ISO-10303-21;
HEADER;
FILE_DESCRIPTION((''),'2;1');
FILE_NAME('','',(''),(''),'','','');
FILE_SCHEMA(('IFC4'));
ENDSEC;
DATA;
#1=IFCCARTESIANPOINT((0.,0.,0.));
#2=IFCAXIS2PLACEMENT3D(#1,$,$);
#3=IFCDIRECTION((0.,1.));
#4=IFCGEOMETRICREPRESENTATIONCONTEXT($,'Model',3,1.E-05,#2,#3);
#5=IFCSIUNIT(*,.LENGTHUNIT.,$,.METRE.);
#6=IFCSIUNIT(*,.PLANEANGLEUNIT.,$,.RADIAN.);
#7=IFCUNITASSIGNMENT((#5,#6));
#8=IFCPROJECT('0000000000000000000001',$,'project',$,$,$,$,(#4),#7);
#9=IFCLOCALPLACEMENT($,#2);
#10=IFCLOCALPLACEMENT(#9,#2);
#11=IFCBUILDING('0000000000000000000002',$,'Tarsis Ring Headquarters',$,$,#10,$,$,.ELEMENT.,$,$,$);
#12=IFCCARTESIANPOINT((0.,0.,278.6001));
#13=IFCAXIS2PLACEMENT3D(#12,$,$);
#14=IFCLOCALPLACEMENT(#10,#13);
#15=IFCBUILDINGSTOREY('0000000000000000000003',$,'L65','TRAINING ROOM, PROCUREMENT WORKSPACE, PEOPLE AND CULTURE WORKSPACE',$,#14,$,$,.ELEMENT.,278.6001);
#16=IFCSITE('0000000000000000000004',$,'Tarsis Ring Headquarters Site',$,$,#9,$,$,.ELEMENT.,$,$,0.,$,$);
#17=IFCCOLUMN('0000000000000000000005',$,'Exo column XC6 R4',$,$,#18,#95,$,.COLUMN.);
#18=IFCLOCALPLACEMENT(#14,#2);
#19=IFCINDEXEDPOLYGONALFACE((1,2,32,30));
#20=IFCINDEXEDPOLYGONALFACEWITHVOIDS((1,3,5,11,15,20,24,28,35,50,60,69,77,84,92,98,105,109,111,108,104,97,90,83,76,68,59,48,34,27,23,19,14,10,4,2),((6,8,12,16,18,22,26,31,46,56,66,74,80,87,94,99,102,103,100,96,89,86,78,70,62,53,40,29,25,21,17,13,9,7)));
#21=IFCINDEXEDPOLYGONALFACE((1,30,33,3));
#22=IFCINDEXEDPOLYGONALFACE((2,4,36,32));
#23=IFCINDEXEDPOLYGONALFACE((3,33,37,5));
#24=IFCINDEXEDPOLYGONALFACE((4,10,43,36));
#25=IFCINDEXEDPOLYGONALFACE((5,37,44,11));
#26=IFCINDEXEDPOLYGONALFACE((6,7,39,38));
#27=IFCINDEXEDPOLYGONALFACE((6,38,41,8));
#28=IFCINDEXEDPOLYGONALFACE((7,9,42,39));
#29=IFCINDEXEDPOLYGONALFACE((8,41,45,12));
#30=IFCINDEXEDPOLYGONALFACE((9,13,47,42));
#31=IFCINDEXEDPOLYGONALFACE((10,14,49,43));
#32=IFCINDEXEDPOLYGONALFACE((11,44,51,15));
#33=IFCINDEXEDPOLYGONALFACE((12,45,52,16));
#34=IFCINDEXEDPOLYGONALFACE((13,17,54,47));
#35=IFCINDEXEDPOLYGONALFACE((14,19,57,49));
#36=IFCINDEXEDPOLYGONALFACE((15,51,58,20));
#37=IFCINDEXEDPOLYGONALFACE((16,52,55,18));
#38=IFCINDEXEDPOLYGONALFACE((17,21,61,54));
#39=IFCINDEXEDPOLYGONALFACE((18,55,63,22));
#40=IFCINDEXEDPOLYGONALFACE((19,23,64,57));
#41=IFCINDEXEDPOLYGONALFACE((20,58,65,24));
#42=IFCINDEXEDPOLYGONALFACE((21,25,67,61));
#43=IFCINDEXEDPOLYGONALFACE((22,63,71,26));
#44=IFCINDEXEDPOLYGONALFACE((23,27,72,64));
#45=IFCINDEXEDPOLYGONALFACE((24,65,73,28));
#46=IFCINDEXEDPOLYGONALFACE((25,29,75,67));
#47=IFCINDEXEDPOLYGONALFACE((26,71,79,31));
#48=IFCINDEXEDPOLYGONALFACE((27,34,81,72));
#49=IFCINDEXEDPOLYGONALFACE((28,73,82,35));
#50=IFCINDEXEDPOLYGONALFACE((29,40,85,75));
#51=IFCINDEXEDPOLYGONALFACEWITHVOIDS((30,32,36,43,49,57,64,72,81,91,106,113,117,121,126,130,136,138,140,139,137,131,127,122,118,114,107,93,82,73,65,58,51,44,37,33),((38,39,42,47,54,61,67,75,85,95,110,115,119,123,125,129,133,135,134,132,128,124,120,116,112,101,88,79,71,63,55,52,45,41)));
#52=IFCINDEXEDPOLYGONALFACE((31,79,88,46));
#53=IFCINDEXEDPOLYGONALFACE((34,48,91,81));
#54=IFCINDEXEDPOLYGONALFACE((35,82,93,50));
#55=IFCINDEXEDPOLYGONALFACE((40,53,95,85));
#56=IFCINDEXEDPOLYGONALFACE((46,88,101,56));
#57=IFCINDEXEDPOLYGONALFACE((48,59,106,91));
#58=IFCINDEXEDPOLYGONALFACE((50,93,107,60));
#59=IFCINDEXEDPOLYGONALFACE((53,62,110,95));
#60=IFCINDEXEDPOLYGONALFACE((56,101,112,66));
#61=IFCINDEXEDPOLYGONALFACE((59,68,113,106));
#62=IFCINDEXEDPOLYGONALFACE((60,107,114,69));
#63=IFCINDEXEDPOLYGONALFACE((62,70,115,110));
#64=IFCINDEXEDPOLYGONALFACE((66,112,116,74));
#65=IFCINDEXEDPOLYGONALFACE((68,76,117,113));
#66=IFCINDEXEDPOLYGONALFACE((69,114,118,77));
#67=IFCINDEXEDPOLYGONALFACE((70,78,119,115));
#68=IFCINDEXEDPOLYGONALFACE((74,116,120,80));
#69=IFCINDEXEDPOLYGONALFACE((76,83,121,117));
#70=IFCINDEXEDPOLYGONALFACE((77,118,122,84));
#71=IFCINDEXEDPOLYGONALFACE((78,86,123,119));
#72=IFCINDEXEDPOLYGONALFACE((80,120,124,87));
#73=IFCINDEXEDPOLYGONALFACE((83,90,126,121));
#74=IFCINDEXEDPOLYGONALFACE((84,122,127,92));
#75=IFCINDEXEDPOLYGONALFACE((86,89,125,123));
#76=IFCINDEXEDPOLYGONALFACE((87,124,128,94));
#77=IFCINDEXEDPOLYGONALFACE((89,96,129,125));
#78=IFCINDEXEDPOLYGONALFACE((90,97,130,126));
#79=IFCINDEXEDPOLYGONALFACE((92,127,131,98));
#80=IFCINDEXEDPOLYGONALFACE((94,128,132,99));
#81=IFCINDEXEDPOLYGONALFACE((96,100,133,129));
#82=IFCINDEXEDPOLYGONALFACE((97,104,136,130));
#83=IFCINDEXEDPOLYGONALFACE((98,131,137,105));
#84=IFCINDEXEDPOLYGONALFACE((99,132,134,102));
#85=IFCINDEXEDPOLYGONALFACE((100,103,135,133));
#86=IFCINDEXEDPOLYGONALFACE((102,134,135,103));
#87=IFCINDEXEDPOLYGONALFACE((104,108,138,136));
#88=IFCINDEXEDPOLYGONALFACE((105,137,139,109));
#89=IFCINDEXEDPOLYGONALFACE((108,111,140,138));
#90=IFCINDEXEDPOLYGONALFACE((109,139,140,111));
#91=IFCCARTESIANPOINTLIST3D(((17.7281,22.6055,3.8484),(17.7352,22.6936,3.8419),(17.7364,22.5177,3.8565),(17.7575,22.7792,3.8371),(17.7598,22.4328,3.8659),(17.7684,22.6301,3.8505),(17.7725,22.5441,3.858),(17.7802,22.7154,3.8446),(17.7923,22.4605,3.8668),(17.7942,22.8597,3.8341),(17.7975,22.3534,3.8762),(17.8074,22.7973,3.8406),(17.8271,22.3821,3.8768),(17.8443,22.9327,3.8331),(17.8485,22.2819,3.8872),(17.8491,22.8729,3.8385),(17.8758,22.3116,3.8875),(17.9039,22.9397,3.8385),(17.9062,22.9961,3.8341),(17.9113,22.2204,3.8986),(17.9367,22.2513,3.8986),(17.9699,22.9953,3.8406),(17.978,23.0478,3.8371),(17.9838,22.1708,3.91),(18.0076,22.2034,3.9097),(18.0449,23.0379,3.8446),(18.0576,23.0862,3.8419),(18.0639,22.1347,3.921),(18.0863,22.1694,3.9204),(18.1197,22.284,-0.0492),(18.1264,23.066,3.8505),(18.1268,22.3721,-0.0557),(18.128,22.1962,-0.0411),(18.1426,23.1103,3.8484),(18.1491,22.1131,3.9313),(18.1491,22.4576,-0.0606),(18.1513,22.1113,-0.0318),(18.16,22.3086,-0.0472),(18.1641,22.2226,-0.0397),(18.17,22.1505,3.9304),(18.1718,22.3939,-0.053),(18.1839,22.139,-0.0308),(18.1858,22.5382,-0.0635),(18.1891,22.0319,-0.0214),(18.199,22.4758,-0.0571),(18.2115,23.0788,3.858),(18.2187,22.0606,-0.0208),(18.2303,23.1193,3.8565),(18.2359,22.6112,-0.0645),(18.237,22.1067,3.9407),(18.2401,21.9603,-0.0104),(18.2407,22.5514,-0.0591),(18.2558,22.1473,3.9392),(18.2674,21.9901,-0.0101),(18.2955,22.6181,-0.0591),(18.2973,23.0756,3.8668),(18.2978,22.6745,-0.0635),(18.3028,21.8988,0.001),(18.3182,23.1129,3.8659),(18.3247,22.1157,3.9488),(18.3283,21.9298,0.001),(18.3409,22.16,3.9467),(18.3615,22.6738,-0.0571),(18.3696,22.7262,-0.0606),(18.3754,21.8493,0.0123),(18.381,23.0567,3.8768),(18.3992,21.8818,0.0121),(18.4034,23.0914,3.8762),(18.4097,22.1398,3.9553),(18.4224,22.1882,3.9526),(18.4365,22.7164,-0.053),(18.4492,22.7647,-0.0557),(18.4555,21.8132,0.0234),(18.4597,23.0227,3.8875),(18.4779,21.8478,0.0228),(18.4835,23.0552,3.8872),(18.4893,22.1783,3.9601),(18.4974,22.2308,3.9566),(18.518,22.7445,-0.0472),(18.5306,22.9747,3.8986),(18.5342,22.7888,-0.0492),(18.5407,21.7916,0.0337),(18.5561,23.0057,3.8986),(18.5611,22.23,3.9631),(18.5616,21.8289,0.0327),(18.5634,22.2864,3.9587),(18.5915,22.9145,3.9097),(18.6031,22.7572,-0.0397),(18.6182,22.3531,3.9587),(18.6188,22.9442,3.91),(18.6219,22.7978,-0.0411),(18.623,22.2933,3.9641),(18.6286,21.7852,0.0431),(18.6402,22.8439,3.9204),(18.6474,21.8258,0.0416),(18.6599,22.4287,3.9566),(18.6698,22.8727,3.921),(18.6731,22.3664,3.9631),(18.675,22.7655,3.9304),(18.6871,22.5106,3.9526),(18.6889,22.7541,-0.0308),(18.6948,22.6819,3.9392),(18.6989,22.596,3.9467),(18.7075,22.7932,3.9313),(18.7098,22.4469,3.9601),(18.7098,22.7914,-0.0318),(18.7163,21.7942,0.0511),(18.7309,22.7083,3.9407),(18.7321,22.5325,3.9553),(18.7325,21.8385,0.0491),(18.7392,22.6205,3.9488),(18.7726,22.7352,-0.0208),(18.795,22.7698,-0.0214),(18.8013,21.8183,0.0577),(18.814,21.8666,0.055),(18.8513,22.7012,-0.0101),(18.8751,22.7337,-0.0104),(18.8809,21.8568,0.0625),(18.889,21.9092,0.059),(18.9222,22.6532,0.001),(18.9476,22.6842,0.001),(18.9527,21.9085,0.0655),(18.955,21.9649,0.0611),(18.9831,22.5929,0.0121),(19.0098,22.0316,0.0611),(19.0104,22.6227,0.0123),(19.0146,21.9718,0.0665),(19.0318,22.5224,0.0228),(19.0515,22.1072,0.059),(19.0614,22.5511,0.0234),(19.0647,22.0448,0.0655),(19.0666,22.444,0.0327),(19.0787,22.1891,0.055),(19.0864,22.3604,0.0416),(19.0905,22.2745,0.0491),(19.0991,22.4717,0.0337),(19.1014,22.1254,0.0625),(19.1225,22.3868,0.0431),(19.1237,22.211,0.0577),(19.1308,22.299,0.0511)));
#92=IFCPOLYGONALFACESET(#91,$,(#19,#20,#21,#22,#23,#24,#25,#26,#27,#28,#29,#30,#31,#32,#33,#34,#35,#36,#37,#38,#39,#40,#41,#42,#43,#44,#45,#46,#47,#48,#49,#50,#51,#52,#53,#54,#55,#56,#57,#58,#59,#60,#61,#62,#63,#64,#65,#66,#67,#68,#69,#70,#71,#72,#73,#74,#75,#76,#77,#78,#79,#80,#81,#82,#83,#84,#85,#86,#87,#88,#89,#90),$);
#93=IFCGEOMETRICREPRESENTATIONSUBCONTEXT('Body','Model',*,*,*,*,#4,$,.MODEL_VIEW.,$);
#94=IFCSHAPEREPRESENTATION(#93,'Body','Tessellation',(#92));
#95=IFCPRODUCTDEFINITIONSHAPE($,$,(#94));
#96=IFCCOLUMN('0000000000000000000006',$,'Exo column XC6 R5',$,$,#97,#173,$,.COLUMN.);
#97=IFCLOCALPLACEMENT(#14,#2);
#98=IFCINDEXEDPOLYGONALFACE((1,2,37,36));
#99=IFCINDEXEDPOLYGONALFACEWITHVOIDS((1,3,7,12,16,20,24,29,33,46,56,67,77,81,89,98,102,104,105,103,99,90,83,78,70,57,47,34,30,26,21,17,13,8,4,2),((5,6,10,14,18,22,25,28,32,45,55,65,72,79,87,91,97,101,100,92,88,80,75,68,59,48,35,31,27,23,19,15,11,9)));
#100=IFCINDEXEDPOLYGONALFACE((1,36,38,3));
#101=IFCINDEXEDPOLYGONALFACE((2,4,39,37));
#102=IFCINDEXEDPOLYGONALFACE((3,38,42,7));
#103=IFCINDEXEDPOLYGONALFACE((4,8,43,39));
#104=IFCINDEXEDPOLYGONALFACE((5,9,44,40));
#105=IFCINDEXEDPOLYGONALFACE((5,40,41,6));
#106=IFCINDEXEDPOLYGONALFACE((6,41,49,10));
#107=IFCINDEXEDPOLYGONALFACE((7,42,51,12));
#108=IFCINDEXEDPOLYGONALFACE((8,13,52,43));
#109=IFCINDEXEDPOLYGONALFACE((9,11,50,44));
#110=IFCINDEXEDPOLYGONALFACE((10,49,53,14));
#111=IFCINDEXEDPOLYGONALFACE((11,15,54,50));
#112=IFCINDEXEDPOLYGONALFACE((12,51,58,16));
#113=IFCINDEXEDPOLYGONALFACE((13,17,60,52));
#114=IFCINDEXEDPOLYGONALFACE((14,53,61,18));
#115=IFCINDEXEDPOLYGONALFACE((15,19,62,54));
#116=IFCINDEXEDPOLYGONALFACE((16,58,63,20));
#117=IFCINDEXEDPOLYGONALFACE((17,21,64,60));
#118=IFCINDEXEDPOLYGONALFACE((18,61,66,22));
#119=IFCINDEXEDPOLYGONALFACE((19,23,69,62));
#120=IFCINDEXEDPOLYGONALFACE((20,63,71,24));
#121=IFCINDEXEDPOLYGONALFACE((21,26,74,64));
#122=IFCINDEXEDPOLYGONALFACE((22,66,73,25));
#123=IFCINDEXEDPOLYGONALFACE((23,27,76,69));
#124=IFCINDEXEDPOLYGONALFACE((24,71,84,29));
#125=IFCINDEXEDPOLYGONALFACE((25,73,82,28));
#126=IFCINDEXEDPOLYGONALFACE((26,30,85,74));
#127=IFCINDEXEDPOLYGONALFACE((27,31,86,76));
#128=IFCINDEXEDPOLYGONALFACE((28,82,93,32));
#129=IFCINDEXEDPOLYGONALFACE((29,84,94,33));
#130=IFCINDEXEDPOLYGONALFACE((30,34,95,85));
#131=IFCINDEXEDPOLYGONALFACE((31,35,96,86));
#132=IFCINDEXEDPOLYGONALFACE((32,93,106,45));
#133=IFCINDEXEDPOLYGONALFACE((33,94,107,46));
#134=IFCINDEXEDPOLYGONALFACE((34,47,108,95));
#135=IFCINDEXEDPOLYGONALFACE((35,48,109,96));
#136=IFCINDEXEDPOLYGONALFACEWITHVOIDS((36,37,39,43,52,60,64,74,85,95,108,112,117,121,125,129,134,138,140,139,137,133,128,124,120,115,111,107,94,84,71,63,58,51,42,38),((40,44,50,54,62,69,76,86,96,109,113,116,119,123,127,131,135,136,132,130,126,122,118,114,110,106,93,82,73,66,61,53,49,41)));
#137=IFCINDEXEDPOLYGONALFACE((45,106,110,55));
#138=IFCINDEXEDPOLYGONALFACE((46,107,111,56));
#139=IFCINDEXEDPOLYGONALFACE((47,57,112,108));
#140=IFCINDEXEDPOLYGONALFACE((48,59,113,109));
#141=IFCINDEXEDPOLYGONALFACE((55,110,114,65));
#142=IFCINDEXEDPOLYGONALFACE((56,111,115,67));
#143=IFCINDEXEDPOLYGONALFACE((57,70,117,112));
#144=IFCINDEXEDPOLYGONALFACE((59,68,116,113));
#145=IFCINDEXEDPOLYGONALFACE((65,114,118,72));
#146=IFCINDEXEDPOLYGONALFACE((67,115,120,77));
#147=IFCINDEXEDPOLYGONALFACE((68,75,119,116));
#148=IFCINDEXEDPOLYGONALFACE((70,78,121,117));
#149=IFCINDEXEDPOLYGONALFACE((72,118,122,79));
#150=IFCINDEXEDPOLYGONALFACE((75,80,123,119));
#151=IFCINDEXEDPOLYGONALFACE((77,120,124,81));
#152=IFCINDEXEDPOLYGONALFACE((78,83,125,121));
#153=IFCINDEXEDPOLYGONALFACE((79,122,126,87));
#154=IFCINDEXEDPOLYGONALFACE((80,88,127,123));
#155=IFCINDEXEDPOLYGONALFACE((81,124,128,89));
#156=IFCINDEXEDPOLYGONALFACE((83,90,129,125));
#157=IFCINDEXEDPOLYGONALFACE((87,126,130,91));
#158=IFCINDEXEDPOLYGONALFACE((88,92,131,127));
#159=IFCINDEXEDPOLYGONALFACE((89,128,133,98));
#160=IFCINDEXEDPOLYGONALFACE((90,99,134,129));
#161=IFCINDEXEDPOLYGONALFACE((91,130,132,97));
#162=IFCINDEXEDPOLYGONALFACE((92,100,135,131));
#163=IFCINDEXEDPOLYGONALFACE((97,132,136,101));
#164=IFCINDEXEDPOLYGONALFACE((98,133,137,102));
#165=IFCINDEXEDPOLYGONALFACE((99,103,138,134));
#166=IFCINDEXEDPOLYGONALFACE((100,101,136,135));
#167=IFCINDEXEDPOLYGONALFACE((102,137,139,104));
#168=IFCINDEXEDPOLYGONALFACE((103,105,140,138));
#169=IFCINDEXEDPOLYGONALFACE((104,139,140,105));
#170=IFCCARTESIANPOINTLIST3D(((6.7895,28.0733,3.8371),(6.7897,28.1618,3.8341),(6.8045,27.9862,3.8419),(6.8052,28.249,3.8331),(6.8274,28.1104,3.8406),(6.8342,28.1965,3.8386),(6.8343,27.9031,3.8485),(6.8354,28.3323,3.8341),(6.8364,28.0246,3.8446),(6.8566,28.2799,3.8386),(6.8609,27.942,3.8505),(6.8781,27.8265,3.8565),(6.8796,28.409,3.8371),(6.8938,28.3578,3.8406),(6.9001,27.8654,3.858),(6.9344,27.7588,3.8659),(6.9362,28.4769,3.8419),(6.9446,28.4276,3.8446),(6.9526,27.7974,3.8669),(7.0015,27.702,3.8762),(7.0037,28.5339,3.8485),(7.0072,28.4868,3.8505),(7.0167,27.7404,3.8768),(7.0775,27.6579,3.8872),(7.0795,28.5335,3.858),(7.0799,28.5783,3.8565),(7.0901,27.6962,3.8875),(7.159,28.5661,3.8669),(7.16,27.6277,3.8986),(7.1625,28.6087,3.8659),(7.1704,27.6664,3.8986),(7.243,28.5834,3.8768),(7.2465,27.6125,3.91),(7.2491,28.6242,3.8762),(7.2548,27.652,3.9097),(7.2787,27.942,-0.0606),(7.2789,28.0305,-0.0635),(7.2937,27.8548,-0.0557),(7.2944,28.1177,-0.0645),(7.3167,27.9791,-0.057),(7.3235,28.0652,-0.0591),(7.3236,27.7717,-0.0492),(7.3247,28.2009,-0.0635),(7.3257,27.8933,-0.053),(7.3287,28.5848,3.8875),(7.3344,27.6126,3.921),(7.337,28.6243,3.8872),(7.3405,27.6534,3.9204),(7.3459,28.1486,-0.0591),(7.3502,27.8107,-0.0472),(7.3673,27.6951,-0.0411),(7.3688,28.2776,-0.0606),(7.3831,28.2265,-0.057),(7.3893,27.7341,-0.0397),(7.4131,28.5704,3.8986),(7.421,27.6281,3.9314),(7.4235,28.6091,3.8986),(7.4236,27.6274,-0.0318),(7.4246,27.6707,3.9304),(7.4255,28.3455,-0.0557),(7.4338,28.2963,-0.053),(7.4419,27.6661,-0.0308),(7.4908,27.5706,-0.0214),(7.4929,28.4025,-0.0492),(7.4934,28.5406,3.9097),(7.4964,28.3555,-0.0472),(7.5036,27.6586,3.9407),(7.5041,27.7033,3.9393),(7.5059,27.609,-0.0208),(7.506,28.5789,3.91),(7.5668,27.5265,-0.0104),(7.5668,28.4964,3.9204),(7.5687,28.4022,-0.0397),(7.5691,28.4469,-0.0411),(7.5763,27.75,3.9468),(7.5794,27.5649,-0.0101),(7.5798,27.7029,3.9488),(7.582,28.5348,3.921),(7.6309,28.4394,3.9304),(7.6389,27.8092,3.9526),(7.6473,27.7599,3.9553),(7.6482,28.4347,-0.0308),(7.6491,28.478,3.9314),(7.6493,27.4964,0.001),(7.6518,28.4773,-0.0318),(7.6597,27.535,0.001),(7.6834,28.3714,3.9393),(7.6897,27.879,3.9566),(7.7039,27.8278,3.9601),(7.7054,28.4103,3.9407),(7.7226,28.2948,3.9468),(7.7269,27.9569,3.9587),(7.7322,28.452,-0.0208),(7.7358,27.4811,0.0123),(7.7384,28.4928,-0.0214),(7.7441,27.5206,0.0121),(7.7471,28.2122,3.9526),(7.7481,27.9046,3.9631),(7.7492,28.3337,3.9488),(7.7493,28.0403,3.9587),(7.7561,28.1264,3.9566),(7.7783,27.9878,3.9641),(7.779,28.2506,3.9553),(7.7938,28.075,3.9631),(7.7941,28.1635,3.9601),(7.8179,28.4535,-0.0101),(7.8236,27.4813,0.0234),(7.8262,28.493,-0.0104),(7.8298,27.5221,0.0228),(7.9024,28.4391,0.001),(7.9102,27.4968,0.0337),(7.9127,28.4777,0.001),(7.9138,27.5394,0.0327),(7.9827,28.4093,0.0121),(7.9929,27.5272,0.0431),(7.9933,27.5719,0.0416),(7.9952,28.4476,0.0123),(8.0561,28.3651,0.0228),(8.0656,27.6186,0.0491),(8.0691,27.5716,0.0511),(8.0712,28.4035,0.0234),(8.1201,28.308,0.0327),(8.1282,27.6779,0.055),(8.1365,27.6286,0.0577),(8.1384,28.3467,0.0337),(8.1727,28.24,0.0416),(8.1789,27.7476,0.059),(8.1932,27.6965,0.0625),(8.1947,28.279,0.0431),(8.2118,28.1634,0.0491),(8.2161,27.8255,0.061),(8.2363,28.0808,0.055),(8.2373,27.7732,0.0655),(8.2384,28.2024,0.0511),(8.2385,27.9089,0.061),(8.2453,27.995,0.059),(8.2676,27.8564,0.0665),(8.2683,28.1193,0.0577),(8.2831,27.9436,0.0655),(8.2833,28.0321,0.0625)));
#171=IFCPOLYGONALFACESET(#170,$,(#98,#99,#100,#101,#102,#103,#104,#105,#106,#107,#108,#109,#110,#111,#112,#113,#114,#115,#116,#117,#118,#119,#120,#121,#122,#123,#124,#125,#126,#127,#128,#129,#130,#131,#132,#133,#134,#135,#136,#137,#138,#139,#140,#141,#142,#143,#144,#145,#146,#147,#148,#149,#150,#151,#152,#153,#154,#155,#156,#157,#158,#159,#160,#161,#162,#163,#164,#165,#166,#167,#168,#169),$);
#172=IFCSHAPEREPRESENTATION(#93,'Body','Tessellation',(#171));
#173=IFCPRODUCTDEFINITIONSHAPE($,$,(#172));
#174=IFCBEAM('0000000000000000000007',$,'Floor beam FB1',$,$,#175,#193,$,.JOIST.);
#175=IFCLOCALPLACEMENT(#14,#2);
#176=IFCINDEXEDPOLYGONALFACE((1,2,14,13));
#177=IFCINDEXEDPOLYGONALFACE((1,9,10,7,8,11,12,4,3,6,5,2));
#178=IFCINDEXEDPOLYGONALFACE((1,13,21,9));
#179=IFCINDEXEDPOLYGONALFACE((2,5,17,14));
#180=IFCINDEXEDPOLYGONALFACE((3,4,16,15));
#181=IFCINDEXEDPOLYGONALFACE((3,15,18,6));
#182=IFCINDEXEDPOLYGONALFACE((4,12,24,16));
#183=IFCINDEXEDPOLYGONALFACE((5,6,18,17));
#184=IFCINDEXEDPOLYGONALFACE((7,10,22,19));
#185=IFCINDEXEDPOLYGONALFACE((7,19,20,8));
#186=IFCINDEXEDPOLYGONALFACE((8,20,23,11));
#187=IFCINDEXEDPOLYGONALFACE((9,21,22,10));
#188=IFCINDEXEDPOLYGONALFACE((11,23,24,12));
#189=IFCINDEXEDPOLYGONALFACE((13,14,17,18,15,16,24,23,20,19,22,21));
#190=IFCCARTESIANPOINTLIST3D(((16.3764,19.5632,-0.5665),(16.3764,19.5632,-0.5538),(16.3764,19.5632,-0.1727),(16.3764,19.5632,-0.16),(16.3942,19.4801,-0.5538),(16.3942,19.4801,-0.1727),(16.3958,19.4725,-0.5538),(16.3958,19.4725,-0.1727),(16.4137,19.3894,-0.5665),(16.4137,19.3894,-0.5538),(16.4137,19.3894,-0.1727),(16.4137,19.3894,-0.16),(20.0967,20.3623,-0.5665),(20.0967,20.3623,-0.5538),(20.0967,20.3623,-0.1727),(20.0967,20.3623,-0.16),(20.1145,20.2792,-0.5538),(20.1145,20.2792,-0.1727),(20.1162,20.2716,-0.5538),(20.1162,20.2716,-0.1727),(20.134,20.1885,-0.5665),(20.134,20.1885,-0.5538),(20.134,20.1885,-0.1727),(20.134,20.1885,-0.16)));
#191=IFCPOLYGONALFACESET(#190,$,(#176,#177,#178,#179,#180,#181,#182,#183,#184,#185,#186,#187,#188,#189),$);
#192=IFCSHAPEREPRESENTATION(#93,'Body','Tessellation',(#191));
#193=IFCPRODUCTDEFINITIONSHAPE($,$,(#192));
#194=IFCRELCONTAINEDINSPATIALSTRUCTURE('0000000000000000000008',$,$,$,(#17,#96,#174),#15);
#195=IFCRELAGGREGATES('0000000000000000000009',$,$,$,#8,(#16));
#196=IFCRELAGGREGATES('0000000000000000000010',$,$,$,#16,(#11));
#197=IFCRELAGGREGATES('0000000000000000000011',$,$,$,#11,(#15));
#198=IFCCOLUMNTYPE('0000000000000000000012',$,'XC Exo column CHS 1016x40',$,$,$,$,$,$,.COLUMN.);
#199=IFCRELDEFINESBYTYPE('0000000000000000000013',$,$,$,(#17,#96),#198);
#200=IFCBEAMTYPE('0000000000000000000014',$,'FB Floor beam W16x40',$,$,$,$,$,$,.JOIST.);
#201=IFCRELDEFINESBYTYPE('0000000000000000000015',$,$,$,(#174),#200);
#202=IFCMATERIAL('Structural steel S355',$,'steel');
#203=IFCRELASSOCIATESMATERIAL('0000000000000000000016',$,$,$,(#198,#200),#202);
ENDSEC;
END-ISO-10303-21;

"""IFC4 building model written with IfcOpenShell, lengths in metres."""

from ifc_helpers import new_model, si_unit, direction, frame, origin, origin_2d, place, context, subcontext, project, spatial, hollow_circle, i_section, extrude, material, material_profile, profile_set, type_object, element, save


model = new_model("IFC4")

# Units and contexts
model_context = context("Model", 3, precision=1e-05, world=origin(), true_north=direction((0.0, 1.0)))
body_context = subcontext(model_context, "Body", "Model", "MODEL_VIEW")
ifc_project = project(units=[si_unit("LENGTHUNIT", "METRE"), si_unit("PLANEANGLEUNIT", "RADIAN")], contexts=[model_context])

# Site, building, storey
site_placement = place(None, origin())
site = spatial("IfcSite", under=ifc_project, at=site_placement, Name="Tarsis Ring Headquarters Site", CompositionType="ELEMENT", RefElevation=0.0)
building_placement = place(site_placement, origin())
building = spatial("IfcBuilding", under=site, at=building_placement, Name="Tarsis Ring Headquarters", CompositionType="ELEMENT")
storey_placement = place(building_placement, frame((0.0, 0.0, 278.6001)))
storey = spatial("IfcBuildingStorey", under=building, at=storey_placement, Name="L65", Description="TRAINING ROOM, PROCUREMENT WORKSPACE, PEOPLE AND CULTURE WORKSPACE", CompositionType="ELEMENT", Elevation=278.6001)

# Columns
ifc_material_1 = material(Name="Structural steel S355", Category="steel")
ifc_material_profile_1 = material_profile(ifc_material_1, hollow_circle(Radius=0.5081, WallThickness=0.04, at=origin_2d()), Name="CHS 1016x40")
ifc_profile_set_1 = profile_set([ifc_material_profile_1], Name="Structural steel S355")
column_type = type_object("IfcColumnType", Name="XC Exo column CHS 1016x40", PredefinedType="COLUMN", material=ifc_profile_set_1)
for number, where, z_axis, x_axis, name in (
    (1, (18.6252, 22.2915, 0.001), (-0.099631, 0.081805, 0.991656), (-0.634575, -0.772861, 0.0), "Exo column XC6 R4"),
    (2, (7.781, 27.9871, 0.001), (-0.124478, 0.033418, 0.99166), (-0.259282, -0.965802, 0.0), "Exo column XC6 R5"),
):
    element("IfcColumn", number, at=place(storey_placement, frame(where, z_axis=z_axis, x_axis=x_axis)), inside=storey, type_object=column_type, Name=name, PredefinedType="COLUMN", context=body_context, shape_type="SweptSolid", body=[
        extrude(hollow_circle(Radius=0.5081, WallThickness=0.04, at=origin_2d()), origin(), (0.0, 0.0, 1.0), 3.9304),
    ])

# Beam
ifc_material_profile_2 = material_profile(ifc_material_1, i_section(OverallWidth=0.1777, OverallDepth=0.4065, WebThickness=0.0078, FlangeThickness=0.0127, at=origin_2d()), Name="W16x40")
ifc_profile_set_2 = profile_set([ifc_material_profile_2], Name="Structural steel S355")
beam_type_1 = type_object("IfcBeamType", Name="FB Floor beam W16x40", PredefinedType="JOIST", material=ifc_profile_set_2)
for number, where, z_axis, x_axis, name in (
    (3, (16.395, 19.4763, -0.3633), (0.977701, 0.210002, 0.0), (-0.210002, 0.977701, 0.0), "Floor beam FB1"),
):
    element("IfcBeam", number, at=place(storey_placement, frame(where, z_axis=z_axis, x_axis=x_axis)), inside=storey, type_object=beam_type_1, Name=name, PredefinedType="JOIST", context=body_context, shape_type="SweptSolid", body=[
        extrude(i_section(OverallWidth=0.1777, OverallDepth=0.4065, WebThickness=0.0078, FlangeThickness=0.0127, at=origin_2d()), origin(), (0.0, 0.0, 1.0), 3.8052),
    ])

save(model, "model.ifc")
